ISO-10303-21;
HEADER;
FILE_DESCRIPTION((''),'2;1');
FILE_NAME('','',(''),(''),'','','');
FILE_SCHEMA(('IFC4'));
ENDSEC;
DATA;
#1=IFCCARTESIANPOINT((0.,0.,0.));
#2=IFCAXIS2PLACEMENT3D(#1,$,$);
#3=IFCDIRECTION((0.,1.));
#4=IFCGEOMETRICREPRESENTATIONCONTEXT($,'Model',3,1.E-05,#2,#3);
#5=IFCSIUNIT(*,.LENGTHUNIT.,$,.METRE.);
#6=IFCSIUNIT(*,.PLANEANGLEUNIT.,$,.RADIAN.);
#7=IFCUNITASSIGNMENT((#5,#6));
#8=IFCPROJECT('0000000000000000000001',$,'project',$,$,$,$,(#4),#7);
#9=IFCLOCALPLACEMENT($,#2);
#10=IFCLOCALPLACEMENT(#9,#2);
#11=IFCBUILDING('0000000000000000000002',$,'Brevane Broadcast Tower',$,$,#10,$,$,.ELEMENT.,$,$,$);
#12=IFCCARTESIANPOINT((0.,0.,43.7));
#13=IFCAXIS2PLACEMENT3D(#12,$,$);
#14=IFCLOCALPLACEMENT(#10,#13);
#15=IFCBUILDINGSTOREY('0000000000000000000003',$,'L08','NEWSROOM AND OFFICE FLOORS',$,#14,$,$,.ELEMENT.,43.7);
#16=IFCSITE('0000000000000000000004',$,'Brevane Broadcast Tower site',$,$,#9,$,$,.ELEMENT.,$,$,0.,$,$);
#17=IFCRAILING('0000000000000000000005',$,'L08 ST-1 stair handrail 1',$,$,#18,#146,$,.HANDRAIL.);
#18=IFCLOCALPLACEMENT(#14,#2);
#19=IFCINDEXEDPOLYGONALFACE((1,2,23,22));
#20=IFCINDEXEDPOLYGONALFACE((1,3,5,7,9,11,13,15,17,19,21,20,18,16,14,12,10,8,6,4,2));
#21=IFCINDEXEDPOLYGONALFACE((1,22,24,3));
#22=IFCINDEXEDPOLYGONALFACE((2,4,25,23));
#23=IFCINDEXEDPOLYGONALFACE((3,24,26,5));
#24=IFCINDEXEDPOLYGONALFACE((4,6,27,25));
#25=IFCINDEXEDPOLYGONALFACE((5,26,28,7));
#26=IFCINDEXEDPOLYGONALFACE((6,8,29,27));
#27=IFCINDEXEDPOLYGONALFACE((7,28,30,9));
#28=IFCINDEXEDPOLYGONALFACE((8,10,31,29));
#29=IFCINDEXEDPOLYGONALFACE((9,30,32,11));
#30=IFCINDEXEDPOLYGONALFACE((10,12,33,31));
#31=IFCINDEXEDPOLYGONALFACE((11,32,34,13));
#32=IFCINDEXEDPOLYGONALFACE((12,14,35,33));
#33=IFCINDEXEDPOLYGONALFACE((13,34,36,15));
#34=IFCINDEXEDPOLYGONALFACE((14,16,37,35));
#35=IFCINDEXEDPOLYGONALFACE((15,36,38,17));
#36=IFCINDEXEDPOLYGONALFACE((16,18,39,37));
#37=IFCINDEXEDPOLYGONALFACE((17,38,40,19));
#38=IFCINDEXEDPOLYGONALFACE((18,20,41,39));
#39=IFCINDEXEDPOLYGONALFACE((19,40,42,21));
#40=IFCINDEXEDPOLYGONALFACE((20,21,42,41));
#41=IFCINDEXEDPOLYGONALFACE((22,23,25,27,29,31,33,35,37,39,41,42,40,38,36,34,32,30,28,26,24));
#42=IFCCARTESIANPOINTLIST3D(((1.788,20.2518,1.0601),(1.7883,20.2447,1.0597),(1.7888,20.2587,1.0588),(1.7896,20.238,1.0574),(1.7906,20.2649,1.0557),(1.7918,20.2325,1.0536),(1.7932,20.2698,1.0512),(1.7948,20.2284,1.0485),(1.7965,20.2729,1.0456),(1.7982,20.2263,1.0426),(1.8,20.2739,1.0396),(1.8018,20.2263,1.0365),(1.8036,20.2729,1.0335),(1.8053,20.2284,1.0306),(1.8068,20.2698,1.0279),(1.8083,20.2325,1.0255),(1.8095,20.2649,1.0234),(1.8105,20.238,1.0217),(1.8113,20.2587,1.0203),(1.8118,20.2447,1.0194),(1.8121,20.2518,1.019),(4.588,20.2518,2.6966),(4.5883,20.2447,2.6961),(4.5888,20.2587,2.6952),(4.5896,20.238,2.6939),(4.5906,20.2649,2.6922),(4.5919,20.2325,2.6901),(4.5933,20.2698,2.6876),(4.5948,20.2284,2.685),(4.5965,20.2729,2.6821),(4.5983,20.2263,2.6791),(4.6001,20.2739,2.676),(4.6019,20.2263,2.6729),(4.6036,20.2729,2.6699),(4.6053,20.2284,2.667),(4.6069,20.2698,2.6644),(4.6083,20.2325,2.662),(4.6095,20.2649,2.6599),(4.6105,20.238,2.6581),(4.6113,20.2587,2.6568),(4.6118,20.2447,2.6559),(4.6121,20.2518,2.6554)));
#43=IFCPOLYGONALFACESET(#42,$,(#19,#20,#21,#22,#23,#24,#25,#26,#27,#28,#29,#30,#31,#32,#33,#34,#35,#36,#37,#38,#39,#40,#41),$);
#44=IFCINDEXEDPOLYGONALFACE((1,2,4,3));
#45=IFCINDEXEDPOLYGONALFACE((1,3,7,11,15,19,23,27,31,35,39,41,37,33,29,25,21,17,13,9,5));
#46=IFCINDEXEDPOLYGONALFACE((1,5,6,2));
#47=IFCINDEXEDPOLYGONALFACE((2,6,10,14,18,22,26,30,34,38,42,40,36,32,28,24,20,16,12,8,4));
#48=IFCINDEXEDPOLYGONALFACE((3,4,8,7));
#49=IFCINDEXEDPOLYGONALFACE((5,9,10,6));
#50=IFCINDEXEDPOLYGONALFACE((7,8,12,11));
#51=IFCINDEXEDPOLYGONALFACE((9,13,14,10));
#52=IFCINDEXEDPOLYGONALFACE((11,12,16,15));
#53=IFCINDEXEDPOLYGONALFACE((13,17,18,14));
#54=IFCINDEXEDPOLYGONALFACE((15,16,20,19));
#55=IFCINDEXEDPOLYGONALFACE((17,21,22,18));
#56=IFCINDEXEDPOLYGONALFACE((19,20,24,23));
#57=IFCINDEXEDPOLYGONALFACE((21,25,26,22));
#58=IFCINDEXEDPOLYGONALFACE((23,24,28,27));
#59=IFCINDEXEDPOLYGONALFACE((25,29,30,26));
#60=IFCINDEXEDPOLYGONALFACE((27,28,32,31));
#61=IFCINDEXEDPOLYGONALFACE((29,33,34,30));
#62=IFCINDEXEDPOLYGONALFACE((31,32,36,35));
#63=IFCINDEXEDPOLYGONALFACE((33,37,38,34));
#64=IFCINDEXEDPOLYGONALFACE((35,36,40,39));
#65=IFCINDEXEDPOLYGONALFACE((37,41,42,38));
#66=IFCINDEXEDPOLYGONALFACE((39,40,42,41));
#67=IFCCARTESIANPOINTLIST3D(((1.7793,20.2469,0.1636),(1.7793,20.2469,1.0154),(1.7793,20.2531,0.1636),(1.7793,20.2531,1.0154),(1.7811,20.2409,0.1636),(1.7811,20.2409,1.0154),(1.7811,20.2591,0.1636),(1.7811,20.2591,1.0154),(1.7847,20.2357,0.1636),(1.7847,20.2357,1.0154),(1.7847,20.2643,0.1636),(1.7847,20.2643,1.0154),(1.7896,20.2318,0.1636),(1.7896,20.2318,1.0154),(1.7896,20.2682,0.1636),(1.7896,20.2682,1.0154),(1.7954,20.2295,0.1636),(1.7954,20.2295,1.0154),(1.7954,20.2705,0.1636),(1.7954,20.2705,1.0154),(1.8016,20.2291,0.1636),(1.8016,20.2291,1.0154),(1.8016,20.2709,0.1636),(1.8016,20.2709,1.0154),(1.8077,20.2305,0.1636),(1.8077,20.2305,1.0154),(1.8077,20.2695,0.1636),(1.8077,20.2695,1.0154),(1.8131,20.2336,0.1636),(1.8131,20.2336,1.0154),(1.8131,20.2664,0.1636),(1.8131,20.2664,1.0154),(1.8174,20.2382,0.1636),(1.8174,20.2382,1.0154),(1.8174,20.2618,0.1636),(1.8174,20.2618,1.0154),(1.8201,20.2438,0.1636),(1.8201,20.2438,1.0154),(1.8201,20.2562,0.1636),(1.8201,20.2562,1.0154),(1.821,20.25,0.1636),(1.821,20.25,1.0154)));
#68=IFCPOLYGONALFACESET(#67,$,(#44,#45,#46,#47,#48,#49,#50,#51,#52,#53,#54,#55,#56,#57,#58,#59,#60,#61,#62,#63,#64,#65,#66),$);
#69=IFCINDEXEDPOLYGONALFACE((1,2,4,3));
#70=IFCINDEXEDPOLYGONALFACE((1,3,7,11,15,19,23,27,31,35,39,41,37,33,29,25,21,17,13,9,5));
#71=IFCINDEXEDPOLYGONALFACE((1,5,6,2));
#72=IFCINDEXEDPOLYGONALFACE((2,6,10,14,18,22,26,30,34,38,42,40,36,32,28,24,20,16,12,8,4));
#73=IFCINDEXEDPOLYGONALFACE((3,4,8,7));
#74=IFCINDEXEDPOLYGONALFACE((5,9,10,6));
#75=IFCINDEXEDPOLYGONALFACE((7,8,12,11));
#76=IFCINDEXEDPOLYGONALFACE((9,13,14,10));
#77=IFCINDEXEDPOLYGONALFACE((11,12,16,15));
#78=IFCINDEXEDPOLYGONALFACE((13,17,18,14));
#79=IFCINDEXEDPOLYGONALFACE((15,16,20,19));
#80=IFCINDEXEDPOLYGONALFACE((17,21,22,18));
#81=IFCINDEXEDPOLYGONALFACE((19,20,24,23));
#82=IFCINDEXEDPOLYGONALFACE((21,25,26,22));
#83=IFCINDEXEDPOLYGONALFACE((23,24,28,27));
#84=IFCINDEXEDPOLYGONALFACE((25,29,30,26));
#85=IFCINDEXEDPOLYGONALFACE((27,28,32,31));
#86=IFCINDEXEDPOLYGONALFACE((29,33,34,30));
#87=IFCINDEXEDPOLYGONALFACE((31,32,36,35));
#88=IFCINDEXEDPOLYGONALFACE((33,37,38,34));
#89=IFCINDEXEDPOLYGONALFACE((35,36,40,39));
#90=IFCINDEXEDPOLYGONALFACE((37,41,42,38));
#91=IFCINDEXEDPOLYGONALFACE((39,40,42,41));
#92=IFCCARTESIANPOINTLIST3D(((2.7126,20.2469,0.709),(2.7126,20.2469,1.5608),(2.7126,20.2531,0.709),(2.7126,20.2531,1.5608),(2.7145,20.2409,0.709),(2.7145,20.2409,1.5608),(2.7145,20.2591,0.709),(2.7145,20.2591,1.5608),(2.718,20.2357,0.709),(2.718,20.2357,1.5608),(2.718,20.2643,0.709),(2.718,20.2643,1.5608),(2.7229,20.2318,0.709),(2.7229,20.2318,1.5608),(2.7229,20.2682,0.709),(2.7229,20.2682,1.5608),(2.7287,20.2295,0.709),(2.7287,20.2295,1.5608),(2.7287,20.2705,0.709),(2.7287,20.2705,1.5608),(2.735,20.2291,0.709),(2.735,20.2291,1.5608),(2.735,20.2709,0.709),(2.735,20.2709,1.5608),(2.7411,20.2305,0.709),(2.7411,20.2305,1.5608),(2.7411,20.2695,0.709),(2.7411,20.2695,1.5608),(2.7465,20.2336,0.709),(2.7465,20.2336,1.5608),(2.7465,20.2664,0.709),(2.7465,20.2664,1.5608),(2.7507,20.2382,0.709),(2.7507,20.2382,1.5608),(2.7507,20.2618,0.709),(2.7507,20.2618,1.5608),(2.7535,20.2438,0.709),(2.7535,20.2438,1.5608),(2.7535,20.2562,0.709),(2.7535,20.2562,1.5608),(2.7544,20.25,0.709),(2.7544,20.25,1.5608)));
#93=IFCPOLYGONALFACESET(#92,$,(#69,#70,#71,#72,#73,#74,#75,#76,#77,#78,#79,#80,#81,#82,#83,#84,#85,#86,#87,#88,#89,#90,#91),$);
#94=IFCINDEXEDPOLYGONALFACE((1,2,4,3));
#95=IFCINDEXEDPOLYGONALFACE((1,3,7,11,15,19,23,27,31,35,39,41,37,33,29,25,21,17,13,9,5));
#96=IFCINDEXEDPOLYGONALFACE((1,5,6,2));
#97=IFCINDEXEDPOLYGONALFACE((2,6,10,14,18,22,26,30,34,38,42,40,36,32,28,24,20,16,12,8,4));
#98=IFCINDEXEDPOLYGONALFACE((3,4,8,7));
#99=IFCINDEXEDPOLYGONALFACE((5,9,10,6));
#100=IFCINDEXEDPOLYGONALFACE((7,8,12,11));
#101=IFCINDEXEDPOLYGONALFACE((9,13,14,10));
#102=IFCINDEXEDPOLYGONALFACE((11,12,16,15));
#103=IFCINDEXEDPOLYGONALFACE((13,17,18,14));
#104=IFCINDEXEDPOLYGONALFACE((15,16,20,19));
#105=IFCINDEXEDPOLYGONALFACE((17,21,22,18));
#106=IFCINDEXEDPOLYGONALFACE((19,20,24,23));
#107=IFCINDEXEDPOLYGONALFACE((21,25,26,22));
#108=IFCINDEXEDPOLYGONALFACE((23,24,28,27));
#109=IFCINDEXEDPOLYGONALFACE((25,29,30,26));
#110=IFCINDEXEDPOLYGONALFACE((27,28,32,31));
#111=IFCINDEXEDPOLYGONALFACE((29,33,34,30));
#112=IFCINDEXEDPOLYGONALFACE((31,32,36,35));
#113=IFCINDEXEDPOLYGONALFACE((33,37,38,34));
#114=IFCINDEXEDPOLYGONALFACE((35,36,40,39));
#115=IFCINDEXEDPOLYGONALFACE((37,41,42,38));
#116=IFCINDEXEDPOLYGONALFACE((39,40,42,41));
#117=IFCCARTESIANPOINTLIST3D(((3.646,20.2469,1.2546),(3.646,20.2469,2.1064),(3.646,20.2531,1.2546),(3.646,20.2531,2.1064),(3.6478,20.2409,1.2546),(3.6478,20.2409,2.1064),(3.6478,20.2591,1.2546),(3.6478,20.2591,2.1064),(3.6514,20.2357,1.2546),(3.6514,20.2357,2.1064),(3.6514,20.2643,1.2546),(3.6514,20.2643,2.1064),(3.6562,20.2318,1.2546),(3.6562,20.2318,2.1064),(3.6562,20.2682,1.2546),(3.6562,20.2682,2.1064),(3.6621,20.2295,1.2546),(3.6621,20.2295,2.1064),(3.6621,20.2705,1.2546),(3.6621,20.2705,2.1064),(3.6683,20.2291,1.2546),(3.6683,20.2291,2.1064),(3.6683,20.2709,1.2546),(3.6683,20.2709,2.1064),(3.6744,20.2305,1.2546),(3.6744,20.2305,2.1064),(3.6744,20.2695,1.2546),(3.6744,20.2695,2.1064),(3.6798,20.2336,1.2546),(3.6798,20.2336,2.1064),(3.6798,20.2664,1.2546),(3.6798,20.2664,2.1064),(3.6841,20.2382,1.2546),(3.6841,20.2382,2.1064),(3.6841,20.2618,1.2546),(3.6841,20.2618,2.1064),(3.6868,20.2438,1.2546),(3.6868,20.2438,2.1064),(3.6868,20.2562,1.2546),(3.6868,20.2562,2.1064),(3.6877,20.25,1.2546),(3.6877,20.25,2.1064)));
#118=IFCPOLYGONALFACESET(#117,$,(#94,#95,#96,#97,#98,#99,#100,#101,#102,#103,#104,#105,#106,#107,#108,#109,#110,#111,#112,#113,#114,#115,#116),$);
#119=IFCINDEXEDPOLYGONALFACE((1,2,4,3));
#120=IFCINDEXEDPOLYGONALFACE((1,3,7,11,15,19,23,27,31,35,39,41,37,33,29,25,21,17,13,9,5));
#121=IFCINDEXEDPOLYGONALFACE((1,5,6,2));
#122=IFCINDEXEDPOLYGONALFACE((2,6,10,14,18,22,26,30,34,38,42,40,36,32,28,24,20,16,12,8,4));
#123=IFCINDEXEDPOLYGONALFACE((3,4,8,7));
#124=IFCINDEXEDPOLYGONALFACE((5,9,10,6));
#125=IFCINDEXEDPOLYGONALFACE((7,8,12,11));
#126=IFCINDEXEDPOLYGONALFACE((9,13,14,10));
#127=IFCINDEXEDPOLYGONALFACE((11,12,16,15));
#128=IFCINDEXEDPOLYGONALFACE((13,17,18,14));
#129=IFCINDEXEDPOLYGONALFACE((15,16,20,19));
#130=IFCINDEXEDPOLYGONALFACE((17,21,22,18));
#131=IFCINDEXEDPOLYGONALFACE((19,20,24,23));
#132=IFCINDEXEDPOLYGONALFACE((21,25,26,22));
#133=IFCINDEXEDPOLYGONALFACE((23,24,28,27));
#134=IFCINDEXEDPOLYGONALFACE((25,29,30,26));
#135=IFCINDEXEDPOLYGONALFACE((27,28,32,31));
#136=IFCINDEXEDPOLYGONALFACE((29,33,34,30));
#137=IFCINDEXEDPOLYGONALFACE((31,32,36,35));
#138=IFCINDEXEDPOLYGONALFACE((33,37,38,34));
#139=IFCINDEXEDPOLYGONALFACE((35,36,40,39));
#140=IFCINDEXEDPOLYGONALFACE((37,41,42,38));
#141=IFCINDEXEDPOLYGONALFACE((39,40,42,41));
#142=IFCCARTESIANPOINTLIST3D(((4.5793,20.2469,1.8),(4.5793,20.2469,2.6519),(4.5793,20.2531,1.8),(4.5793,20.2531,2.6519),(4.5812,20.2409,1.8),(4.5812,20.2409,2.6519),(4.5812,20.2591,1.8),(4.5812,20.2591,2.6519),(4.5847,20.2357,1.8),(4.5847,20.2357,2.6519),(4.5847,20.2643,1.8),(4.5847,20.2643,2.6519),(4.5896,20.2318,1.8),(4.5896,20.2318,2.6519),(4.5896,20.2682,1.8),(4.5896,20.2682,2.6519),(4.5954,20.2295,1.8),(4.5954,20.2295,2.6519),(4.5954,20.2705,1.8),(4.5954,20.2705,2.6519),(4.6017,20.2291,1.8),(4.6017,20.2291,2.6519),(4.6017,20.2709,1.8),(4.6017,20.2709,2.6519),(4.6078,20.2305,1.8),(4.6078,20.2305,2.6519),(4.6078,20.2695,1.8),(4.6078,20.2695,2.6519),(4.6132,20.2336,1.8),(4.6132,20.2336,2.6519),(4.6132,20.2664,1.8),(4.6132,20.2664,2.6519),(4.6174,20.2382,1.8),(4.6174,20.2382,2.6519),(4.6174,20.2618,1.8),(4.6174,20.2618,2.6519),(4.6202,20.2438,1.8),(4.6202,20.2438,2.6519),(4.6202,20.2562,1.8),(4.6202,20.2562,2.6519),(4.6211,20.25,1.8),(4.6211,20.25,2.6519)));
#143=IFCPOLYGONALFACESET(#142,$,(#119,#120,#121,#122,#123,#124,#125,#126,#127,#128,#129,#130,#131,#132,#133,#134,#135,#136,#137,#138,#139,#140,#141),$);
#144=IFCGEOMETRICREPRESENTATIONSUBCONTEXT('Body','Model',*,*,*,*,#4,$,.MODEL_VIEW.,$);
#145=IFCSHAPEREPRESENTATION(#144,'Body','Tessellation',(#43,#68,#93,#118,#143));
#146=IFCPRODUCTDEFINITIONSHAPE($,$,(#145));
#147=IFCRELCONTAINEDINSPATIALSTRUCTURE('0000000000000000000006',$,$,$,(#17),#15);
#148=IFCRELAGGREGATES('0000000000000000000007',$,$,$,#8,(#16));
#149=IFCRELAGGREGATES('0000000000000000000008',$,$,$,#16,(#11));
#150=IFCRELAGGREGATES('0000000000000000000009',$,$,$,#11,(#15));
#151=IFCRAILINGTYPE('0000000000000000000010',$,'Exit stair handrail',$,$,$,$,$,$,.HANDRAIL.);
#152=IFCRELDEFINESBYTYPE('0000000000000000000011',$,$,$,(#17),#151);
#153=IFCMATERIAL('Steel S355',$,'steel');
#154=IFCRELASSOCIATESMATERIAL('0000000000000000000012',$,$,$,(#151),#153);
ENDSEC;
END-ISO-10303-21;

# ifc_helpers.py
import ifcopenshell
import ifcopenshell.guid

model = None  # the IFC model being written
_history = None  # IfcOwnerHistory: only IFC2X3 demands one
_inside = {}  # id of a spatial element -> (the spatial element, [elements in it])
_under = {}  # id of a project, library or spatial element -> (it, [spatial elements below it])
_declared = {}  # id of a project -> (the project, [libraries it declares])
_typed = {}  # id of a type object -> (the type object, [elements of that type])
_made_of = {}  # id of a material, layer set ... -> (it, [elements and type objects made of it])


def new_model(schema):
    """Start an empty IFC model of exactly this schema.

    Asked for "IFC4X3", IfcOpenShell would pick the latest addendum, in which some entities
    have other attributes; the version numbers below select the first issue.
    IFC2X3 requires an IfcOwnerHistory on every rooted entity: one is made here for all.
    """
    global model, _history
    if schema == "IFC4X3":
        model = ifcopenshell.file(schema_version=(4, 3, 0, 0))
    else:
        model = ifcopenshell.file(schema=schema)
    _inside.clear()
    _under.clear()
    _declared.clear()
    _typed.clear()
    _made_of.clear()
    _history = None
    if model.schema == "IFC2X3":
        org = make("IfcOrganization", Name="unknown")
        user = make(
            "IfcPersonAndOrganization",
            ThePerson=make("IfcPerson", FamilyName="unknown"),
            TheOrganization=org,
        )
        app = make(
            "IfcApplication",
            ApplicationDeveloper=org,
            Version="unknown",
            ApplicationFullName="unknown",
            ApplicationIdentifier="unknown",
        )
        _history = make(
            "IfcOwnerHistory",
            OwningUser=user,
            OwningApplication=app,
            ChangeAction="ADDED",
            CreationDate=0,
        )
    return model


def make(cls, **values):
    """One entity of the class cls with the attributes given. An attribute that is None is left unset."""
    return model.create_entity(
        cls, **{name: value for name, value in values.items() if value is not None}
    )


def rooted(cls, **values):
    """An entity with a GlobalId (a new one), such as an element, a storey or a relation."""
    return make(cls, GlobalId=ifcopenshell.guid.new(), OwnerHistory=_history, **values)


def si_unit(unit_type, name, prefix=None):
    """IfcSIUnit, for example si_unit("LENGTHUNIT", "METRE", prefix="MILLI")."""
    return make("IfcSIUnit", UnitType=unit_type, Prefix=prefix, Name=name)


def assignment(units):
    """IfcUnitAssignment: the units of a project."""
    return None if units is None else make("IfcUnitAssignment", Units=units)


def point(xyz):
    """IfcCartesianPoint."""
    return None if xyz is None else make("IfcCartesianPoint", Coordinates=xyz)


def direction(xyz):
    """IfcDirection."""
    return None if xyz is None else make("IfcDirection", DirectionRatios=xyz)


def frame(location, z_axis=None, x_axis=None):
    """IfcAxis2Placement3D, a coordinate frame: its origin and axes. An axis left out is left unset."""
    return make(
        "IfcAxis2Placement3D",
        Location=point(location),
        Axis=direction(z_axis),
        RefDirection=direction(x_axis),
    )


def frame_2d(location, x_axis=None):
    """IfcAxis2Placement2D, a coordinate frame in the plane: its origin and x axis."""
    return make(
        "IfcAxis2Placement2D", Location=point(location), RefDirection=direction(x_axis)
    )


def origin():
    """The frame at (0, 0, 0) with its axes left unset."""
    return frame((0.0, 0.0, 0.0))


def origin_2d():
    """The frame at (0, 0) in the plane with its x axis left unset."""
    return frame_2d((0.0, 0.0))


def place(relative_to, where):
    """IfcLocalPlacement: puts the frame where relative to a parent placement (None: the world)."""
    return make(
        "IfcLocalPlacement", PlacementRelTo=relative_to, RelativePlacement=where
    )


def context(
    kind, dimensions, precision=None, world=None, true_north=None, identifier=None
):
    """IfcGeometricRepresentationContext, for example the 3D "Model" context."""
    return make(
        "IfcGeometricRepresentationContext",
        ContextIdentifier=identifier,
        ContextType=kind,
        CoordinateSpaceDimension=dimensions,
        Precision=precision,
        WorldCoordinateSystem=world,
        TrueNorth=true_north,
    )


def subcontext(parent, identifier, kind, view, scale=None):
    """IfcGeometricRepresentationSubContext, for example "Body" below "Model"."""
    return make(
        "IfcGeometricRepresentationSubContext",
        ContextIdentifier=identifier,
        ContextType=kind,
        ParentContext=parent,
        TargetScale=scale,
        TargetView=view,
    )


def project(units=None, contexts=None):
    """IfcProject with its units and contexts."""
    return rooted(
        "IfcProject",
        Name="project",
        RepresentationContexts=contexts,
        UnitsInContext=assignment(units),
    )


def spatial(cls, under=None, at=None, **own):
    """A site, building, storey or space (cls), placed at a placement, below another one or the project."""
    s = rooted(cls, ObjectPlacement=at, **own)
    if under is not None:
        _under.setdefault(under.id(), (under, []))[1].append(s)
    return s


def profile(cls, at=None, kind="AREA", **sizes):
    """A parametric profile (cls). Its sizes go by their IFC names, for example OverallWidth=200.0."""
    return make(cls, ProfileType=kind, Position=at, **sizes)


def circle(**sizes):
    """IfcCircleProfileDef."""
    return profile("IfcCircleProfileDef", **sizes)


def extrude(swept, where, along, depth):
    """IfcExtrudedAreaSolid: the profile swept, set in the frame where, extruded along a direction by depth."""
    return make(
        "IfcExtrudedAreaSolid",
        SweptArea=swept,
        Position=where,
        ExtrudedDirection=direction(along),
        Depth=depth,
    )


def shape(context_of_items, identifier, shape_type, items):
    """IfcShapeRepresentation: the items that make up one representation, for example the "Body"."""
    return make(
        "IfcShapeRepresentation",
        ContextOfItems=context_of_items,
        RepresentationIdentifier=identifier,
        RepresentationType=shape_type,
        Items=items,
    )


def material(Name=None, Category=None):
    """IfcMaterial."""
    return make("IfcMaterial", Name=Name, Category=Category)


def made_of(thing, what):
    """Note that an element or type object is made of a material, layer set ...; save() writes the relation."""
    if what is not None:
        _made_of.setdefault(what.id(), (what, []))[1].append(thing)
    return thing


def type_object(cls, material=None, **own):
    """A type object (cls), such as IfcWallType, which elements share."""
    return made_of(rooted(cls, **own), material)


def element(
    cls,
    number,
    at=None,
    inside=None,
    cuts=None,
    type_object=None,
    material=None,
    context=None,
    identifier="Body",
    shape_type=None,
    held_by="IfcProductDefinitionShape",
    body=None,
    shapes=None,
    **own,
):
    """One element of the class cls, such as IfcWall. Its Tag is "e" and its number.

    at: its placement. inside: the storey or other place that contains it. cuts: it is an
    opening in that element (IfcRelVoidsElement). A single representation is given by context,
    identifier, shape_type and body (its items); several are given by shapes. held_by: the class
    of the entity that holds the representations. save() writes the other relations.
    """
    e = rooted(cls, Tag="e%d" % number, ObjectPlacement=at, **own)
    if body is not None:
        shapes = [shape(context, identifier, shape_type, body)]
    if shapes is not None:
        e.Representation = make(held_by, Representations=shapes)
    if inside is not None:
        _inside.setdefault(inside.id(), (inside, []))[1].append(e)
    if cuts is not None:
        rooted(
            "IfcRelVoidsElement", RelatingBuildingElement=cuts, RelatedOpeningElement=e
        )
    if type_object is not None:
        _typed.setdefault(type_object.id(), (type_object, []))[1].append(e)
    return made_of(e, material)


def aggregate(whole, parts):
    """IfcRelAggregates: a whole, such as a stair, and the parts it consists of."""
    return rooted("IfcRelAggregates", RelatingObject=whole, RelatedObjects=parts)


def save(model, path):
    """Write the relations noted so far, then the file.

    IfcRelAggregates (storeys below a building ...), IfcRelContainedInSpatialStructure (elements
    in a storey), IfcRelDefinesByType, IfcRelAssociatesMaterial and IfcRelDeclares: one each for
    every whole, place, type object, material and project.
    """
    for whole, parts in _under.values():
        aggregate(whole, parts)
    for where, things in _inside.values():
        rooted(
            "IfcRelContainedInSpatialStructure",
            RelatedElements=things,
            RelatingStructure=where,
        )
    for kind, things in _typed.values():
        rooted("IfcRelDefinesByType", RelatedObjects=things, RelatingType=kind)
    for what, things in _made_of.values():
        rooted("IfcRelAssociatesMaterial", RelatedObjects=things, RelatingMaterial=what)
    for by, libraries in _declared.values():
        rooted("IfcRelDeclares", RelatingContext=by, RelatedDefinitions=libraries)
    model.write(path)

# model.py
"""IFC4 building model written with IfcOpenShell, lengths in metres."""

from ifc_helpers import new_model, si_unit, direction, frame, origin, origin_2d, place, context, subcontext, project, spatial, circle, extrude, material, type_object, element, save


model = new_model("IFC4")

# Units and contexts
model_context = context("Model", 3, precision=1e-05, world=origin(), true_north=direction((0.0, 1.0)))
body_context = subcontext(model_context, "Body", "Model", "MODEL_VIEW")
ifc_project = project(units=[si_unit("LENGTHUNIT", "METRE"), si_unit("PLANEANGLEUNIT", "RADIAN")], contexts=[model_context])

# Site, building, storey
site_placement = place(None, origin())
site = spatial("IfcSite", under=ifc_project, at=site_placement, Name="Brevane Broadcast Tower site", CompositionType="ELEMENT", RefElevation=0.0)
building_placement = place(site_placement, origin())
building = spatial("IfcBuilding", under=site, at=building_placement, Name="Brevane Broadcast Tower", CompositionType="ELEMENT")
storey_placement = place(building_placement, frame((0.0, 0.0, 43.7)))
storey = spatial("IfcBuildingStorey", under=building, at=storey_placement, Name="L08", Description="NEWSROOM AND OFFICE FLOORS", CompositionType="ELEMENT", Elevation=43.7)

# Railing
ifc_material_1 = material(Name="Steel S355", Category="steel")
railing_type_1 = type_object("IfcRailingType", Name="Exit stair handrail", PredefinedType="HANDRAIL", material=ifc_material_1)
railing_1_placement = place(storey_placement, frame((1.8, 20.25, 0.1636)))
element("IfcRailing", 1, at=railing_1_placement, inside=storey, type_object=railing_type_1, Name="L08 ST-1 stair handrail 1", PredefinedType="HANDRAIL", context=body_context, shape_type="SweptSolid", body=[
    extrude(circle(Radius=0.0239, at=origin_2d()), frame((0.0, 0.0, 0.876), z_axis=(0.863361, 0.0, 0.504587), x_axis=(0.0, 1.0, 0.0)), (0.0, 0.0, 1.0), 3.2432),
    extrude(circle(Radius=0.021, at=origin_2d()), origin(), (0.0, 0.0, 1.0), 0.8518),
    extrude(circle(Radius=0.021, at=origin_2d()), frame((0.9333, 0.0, 0.5454)), (0.0, 0.0, 1.0), 0.8518),
    extrude(circle(Radius=0.021, at=origin_2d()), frame((1.8667, 0.0, 1.0911)), (0.0, 0.0, 1.0), 0.8518),
    extrude(circle(Radius=0.021, at=origin_2d()), frame((2.8, 0.0, 1.6365)), (0.0, 0.0, 1.0), 0.8518),
])

save(model, "model.ifc")
